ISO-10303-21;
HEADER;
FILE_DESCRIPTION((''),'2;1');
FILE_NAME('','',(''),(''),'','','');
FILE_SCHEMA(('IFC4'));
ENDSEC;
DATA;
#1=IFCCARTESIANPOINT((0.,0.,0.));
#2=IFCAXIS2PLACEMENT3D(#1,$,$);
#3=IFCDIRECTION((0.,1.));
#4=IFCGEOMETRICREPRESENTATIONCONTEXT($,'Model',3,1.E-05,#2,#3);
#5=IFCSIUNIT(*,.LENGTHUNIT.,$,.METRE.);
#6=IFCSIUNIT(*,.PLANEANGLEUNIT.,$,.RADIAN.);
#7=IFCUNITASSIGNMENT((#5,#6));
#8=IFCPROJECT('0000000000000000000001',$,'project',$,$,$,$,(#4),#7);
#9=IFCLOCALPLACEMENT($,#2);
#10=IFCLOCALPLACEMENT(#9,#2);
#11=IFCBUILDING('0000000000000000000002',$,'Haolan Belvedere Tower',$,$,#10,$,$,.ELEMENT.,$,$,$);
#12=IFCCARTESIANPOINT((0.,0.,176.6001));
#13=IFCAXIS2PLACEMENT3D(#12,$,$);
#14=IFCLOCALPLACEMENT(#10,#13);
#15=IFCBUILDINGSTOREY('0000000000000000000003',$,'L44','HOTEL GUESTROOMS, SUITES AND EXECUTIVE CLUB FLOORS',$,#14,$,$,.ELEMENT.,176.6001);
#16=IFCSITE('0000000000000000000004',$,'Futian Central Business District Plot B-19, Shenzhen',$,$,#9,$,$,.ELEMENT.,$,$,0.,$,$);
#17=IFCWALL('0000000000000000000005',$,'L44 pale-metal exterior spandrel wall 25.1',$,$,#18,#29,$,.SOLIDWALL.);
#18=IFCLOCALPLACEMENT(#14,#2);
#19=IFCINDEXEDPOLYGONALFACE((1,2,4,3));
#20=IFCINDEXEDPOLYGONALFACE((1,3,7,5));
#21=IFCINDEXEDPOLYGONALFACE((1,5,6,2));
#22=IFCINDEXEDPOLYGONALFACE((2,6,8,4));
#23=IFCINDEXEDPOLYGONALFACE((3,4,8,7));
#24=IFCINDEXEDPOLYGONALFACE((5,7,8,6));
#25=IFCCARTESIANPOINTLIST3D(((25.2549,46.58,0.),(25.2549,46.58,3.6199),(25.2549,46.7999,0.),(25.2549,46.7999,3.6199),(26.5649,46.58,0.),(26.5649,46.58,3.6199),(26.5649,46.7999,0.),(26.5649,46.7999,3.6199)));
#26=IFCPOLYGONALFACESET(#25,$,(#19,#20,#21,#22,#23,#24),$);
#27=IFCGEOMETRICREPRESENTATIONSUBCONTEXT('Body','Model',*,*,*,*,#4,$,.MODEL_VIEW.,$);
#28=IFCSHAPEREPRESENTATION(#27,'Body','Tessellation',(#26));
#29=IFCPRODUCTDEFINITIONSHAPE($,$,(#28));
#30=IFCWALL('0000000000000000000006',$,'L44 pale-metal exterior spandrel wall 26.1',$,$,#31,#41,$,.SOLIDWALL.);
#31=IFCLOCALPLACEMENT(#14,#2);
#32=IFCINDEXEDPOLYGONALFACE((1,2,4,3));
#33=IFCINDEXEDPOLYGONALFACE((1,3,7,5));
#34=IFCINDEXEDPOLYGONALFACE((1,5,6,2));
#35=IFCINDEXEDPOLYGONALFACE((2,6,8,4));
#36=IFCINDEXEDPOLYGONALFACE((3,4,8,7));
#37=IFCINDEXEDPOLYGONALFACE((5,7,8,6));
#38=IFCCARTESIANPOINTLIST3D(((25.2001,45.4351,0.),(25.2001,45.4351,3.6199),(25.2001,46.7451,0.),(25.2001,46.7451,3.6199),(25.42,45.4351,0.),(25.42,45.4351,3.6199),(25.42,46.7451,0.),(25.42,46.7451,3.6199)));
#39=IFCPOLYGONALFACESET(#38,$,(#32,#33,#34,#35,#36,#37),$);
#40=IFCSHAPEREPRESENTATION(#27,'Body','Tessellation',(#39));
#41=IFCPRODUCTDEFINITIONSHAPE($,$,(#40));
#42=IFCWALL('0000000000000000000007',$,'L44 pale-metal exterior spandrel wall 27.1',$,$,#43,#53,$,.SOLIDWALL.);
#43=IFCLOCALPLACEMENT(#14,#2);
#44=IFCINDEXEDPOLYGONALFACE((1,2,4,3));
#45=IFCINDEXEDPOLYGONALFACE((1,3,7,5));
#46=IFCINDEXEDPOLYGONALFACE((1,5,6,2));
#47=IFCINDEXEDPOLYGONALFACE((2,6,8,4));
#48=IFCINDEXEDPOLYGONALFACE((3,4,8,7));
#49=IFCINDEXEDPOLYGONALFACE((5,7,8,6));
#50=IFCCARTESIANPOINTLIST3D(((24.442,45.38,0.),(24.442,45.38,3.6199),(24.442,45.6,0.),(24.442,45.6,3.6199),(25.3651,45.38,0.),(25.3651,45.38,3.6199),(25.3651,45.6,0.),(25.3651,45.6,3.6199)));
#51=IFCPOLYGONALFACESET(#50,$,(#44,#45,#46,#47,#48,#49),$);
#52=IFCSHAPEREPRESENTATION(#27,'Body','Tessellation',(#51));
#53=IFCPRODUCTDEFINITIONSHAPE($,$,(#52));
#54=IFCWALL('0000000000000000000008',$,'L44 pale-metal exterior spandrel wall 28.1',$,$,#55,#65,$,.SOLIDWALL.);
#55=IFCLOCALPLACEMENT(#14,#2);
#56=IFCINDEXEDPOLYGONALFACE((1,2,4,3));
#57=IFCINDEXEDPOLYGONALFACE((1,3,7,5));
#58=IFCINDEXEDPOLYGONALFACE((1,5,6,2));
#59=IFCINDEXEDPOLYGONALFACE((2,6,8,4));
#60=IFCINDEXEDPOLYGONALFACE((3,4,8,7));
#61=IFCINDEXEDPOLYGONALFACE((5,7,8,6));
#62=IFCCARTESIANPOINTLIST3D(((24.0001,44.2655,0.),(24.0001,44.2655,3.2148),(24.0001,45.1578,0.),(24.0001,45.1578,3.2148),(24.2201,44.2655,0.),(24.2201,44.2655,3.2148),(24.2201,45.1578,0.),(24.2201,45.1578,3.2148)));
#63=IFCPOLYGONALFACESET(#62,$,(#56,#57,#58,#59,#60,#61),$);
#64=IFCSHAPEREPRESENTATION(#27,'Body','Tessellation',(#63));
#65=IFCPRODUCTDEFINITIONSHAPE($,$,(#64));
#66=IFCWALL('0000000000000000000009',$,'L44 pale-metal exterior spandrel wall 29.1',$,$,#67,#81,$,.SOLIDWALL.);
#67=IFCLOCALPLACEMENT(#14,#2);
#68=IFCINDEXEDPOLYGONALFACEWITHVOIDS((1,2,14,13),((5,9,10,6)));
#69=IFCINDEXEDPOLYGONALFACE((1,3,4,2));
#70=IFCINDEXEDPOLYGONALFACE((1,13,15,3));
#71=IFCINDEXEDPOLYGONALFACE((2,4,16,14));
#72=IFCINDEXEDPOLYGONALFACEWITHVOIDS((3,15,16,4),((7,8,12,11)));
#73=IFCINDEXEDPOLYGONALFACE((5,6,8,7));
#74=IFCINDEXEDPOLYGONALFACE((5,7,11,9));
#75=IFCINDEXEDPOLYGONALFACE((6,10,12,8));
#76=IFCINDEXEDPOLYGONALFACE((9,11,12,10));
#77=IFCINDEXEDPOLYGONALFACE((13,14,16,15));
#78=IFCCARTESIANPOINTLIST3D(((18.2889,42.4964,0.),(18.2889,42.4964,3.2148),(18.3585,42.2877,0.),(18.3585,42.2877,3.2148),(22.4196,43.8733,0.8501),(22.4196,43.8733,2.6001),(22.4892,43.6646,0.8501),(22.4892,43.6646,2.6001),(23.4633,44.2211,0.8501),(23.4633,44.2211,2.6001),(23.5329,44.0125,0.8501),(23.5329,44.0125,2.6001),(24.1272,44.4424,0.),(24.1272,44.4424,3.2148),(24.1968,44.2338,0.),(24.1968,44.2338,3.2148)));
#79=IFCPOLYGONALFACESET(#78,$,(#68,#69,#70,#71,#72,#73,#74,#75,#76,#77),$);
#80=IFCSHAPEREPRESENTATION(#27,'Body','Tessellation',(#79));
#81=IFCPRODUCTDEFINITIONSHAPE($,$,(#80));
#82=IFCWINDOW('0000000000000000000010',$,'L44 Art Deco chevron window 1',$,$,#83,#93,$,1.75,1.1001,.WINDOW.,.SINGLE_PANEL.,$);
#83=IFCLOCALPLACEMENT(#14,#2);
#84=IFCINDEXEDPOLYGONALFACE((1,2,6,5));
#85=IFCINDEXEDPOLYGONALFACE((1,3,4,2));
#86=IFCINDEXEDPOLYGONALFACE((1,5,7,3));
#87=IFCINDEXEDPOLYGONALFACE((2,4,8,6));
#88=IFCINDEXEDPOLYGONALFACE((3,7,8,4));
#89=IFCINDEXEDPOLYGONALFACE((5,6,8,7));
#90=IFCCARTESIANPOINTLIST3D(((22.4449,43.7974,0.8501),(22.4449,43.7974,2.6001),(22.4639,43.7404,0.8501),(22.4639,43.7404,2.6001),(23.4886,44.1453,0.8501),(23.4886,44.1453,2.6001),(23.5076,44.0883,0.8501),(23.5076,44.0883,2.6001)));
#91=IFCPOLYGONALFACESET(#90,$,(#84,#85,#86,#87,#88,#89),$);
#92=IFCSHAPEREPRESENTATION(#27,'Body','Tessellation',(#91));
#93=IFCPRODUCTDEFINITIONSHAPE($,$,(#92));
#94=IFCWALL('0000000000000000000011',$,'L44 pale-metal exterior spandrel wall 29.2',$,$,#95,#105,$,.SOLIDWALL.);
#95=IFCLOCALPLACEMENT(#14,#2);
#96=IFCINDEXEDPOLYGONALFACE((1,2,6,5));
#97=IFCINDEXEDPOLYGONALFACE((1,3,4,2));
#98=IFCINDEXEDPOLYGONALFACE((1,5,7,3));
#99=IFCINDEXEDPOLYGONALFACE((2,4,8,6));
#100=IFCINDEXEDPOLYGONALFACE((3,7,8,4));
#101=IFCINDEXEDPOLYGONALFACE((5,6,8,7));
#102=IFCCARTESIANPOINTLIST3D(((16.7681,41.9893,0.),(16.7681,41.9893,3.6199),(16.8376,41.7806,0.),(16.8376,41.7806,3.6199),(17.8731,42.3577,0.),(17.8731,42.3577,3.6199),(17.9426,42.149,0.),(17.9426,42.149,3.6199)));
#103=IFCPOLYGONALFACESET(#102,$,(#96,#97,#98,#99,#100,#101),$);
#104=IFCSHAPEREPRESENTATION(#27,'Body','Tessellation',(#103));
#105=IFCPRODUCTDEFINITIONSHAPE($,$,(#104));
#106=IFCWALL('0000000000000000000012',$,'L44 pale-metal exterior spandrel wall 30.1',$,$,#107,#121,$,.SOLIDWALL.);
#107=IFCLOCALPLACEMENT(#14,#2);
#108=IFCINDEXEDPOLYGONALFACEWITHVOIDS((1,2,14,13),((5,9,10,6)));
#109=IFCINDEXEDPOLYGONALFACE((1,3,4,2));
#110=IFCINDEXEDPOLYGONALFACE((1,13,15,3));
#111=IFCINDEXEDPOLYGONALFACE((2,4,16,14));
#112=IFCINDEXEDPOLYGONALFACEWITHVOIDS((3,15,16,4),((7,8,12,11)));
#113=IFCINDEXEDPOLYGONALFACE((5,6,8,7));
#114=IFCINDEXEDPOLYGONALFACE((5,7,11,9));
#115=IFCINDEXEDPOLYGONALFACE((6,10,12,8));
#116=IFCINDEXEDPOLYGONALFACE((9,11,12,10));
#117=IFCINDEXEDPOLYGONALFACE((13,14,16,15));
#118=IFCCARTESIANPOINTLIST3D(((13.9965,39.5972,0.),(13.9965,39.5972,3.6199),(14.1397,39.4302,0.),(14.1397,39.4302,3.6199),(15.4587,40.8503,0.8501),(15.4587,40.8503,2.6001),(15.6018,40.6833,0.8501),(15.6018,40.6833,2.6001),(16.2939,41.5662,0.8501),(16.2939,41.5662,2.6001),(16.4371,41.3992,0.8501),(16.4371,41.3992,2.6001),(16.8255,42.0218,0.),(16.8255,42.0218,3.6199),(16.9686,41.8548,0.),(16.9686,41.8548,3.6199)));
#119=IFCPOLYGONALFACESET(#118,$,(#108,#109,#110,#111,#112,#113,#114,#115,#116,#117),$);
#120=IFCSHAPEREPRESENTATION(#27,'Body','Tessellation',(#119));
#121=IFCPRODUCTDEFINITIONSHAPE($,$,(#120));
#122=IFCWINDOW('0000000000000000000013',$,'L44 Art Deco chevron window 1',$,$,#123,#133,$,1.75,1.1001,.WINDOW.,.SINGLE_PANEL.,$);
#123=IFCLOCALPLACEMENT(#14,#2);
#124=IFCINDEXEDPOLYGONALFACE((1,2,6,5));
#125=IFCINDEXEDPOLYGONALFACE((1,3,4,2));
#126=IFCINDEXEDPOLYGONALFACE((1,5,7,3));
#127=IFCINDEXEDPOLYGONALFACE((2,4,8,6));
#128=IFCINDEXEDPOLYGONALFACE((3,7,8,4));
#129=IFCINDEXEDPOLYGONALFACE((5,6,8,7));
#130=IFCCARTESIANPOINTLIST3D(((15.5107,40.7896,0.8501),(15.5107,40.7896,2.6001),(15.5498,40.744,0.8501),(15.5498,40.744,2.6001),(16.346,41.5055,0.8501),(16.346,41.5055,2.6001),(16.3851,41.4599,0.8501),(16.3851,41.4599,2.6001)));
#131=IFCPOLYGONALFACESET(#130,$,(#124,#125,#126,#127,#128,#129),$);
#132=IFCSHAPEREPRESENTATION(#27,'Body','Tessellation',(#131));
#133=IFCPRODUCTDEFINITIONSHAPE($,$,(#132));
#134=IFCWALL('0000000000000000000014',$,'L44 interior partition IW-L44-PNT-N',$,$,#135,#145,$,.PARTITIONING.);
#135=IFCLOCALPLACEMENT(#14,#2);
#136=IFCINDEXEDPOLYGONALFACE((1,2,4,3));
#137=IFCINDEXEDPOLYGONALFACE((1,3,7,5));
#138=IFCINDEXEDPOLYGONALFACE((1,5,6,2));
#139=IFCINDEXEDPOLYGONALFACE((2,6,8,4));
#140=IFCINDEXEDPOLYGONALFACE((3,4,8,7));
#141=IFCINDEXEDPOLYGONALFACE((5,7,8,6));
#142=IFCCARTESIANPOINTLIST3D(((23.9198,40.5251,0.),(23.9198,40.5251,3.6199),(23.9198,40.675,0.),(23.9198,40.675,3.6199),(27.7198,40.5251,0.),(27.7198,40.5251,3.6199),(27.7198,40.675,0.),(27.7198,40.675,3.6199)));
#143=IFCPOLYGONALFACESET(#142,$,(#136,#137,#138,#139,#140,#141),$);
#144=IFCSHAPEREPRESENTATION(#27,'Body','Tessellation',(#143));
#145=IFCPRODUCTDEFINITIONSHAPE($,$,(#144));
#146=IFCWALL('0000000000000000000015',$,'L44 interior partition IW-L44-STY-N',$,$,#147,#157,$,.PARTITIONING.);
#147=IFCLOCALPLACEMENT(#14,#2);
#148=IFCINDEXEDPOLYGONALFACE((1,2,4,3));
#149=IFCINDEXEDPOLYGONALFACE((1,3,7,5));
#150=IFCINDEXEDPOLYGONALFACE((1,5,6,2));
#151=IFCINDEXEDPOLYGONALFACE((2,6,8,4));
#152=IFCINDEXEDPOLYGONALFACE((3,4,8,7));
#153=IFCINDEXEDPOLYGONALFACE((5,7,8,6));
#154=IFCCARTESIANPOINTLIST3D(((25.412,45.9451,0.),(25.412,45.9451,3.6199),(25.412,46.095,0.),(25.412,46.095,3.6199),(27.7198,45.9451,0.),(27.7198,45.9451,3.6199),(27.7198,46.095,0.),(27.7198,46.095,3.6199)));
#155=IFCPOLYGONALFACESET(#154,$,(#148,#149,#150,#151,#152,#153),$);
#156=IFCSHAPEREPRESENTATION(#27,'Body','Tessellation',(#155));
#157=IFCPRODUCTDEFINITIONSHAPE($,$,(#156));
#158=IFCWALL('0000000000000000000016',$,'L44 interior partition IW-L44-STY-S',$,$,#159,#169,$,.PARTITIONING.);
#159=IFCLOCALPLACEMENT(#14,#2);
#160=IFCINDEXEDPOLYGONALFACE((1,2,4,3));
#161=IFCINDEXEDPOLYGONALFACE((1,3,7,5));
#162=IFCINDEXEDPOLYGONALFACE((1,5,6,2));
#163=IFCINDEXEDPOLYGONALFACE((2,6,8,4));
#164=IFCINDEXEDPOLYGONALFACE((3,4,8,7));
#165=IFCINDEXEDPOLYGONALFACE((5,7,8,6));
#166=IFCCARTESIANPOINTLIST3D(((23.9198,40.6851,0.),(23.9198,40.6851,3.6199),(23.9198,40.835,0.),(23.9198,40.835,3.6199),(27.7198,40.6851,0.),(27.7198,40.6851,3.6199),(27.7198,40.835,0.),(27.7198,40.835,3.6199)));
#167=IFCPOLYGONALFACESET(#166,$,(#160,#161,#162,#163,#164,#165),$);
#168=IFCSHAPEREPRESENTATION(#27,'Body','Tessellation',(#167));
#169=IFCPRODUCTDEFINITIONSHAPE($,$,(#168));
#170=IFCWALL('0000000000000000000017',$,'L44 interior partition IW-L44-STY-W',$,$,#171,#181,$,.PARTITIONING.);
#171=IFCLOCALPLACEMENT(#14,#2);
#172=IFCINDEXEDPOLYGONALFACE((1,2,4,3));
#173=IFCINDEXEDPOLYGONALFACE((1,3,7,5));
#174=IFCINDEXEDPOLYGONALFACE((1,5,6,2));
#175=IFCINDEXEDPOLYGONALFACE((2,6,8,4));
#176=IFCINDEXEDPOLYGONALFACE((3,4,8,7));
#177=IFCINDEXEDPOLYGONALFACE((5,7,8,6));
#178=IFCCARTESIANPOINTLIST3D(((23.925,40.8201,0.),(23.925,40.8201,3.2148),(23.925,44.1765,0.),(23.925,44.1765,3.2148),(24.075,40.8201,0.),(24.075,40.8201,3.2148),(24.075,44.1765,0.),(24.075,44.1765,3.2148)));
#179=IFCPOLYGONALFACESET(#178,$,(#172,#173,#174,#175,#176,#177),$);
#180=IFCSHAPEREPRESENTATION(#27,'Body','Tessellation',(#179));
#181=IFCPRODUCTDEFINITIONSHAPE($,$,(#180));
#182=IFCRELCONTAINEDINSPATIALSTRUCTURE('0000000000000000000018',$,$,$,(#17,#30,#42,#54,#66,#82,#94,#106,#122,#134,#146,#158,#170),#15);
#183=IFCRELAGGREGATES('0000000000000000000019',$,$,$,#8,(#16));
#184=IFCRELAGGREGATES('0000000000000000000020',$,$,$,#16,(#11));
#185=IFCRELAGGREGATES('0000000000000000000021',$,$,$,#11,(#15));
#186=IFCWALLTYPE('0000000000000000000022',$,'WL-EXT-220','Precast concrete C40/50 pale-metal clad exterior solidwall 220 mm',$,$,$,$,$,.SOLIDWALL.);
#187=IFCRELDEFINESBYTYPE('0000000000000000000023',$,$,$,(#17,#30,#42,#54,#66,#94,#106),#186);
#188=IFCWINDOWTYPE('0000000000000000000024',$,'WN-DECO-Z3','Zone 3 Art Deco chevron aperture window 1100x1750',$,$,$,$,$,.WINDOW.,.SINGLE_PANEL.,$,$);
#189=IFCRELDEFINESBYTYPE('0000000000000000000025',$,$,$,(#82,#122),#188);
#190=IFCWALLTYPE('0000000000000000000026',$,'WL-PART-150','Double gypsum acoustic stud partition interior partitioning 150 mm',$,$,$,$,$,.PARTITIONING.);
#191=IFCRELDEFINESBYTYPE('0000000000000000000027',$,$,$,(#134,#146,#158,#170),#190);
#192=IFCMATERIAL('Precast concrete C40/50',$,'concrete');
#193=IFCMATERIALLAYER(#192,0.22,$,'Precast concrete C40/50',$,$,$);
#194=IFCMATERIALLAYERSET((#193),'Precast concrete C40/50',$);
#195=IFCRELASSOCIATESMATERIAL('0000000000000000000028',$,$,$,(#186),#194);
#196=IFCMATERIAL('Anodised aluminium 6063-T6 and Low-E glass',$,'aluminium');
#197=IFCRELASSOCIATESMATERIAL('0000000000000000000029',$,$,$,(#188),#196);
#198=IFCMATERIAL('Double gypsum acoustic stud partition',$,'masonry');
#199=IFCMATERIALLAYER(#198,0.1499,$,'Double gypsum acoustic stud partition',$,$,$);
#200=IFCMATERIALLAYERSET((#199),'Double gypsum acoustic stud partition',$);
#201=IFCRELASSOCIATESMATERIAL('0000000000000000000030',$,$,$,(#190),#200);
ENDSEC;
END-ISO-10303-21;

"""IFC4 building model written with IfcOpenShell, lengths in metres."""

from ifc_helpers import new_model, si_unit, direction, frame, frame_2d, origin, place, context, subcontext, project, spatial, rectangle, extrude, material, layer, layer_set, type_object, element, fill, save


model = new_model("IFC4")

# Units and contexts
model_context = context("Model", 3, precision=1e-05, world=origin(), true_north=direction((0.0, 1.0)))
body_context = subcontext(model_context, "Body", "Model", "MODEL_VIEW")
ifc_project = project(units=[si_unit("LENGTHUNIT", "METRE"), si_unit("PLANEANGLEUNIT", "RADIAN")], contexts=[model_context])

# Site, building, storey
site_placement = place(None, origin())
site = spatial("IfcSite", under=ifc_project, at=site_placement, Name="Futian Central Business District Plot B-19, Shenzhen", CompositionType="ELEMENT", RefElevation=0.0)
building_placement = place(site_placement, origin())
building = spatial("IfcBuilding", under=site, at=building_placement, Name="Haolan Belvedere Tower", CompositionType="ELEMENT")
storey_placement = place(building_placement, frame((0.0, 0.0, 176.6001)))
storey = spatial("IfcBuildingStorey", under=building, at=storey_placement, Name="L44", Description="HOTEL GUESTROOMS, SUITES AND EXECUTIVE CLUB FLOORS", CompositionType="ELEMENT", Elevation=176.6001)

# Walls
ifc_material_1 = material(Name="Precast concrete C40/50", Category="concrete")
ifc_layer_1 = layer(ifc_material_1, 0.22, Name="Precast concrete C40/50")
ifc_layer_set_1 = layer_set([ifc_layer_1], Name="Precast concrete C40/50")
wall_type_1 = type_object("IfcWallType", Name="WL-EXT-220", Description="Precast concrete C40/50 pale-metal clad exterior solidwall 220 mm", PredefinedType="SOLIDWALL", material=ifc_layer_set_1)
for number, where, z_axis, x_axis, name in (
    (1, (26.5649, 46.6899, 0.0), (0.0, 0.0, 1.0), (-1.0, 0.0, 0.0), "L44 pale-metal exterior spandrel wall 25.1"),
    (2, (25.3101, 46.7451, 0.0), (0.0, 0.0, 1.0), (0.0, -1.0, 0.0), "L44 pale-metal exterior spandrel wall 26.1"),
):
    element("IfcWall", number, at=place(storey_placement, frame(where, z_axis=z_axis, x_axis=x_axis)), inside=storey, type_object=wall_type_1, Name=name, PredefinedType="SOLIDWALL", context=body_context, shape_type="SweptSolid", body=[
        extrude(rectangle(XDim=1.3101, YDim=0.22, at=frame_2d((0.655, 0.0))), origin(), (0.0, 0.0, 1.0), 3.6199),
    ])
wall_1_placement = place(storey_placement, frame((25.365, 45.49, 0.0), z_axis=(0.0, 0.0, 1.0), x_axis=(-1.0, 0.0, 0.0)))
element("IfcWall", 3, at=wall_1_placement, inside=storey, type_object=wall_type_1, Name="L44 pale-metal exterior spandrel wall 27.1", PredefinedType="SOLIDWALL", context=body_context, shape_type="SweptSolid", body=[
    extrude(rectangle(XDim=0.9231, YDim=0.22, at=frame_2d((0.4614, 0.0))), origin(), (0.0, 0.0, 1.0), 3.6199),
])
wall_2_placement = place(storey_placement, frame((24.1101, 45.158, 0.0), z_axis=(0.0, 0.0, 1.0), x_axis=(0.0, -1.0, 0.0)))
element("IfcWall", 4, at=wall_2_placement, inside=storey, type_object=wall_type_1, Name="L44 pale-metal exterior spandrel wall 28.1", PredefinedType="SOLIDWALL", context=body_context, shape_type="SweptSolid", body=[
    extrude(rectangle(XDim=0.8923, YDim=0.22, at=frame_2d((0.4463, 0.0))), origin(), (0.0, 0.0, 1.0), 3.2148),
])

# Wall, opening, window
wall_3_placement = place(storey_placement, frame((24.1621, 44.3381, 0.0), z_axis=(0.0, 0.0, 1.0), x_axis=(-0.948687, -0.316216, 0.0)))
wall_3 = element("IfcWall", 5, at=wall_3_placement, inside=storey, type_object=wall_type_1, Name="L44 pale-metal exterior spandrel wall 29.1", PredefinedType="SOLIDWALL", context=body_context, shape_type="SweptSolid", body=[
    extrude(rectangle(XDim=6.1541, YDim=0.22, at=frame_2d((3.0771, 0.0))), origin(), (0.0, 0.0, 1.0), 3.2148),
])
opening_1_placement = place(wall_3_placement, frame((0.7, 0.0, 0.8501)))
opening_1 = element("IfcOpeningElement", 6, at=opening_1_placement, cuts=wall_3, PredefinedType="OPENING", context=body_context, shape_type="SweptSolid", body=[
    extrude(rectangle(XDim=1.1001, YDim=1.75, at=frame_2d((0.55, 0.875))), frame((0.0, 0.1199, 0.0), z_axis=(0.0, -1.0, 0.0), x_axis=(1.0, 0.0, 0.0)), (0.0, 0.0, 1.0), 0.24),
])
ifc_material_2 = material(Name="Anodised aluminium 6063-T6 and Low-E glass", Category="aluminium")
window_type = type_object("IfcWindowType", Name="WN-DECO-Z3", Description="Zone 3 Art Deco chevron aperture window 1100x1750", PartitioningType="SINGLE_PANEL", PredefinedType="WINDOW", material=ifc_material_2)
window_1_placement = place(opening_1_placement, origin())
window_1 = element("IfcWindow", 7, at=window_1_placement, inside=storey, type_object=window_type, Name="L44 Art Deco chevron window 1", OverallHeight=1.75, OverallWidth=1.1001, PartitioningType="SINGLE_PANEL", PredefinedType="WINDOW", context=body_context, shape_type="SweptSolid", body=[
    extrude(rectangle(XDim=1.1001, YDim=1.75, at=frame_2d((0.55, 0.875))), frame((0.0, 0.03, 0.0), z_axis=(0.0, -1.0, 0.0), x_axis=(1.0, 0.0, 0.0)), (0.0, 0.0, 1.0), 0.0601),
])
fill(opening_1, window_1)

# Wall
wall_4_placement = place(storey_placement, frame((17.908, 42.2534, 0.0), z_axis=(0.0, 0.0, 1.0), x_axis=(-0.948662, -0.316291, 0.0)))
element("IfcWall", 8, at=wall_4_placement, inside=storey, type_object=wall_type_1, Name="L44 pale-metal exterior spandrel wall 29.2", PredefinedType="SOLIDWALL", context=body_context, shape_type="SweptSolid", body=[
    extrude(rectangle(XDim=1.1648, YDim=0.22, at=frame_2d((0.5825, 0.0))), origin(), (0.0, 0.0, 1.0), 3.6199),
])

# Wall, opening, window
wall_5_placement = place(storey_placement, frame((16.897, 41.9382, 0.0), z_axis=(0.0, 0.0, 1.0), x_axis=(-0.75928, -0.650764, 0.0)))
wall_5 = element("IfcWall", 9, at=wall_5_placement, inside=storey, type_object=wall_type_1, Name="L44 pale-metal exterior spandrel wall 30.1", PredefinedType="SOLIDWALL", context=body_context, shape_type="SweptSolid", body=[
    extrude(rectangle(XDim=3.7258, YDim=0.22, at=frame_2d((1.8628, 0.0))), origin(), (0.0, 0.0, 1.0), 3.6199),
])
opening_2_placement = place(wall_5_placement, frame((0.7, 0.0, 0.8501)))
opening_2 = element("IfcOpeningElement", 10, at=opening_2_placement, cuts=wall_5, PredefinedType="OPENING", context=body_context, shape_type="SweptSolid", body=[
    extrude(rectangle(XDim=1.1001, YDim=1.75, at=frame_2d((0.55, 0.875))), frame((0.0, 0.1199, 0.0), z_axis=(0.0, -1.0, 0.0), x_axis=(1.0, 0.0, 0.0)), (0.0, 0.0, 1.0), 0.24),
])
window_2_placement = place(opening_2_placement, origin())
window_2 = element("IfcWindow", 11, at=window_2_placement, inside=storey, type_object=window_type, Name="L44 Art Deco chevron window 1", OverallHeight=1.75, OverallWidth=1.1001, PartitioningType="SINGLE_PANEL", PredefinedType="WINDOW", context=body_context, shape_type="SweptSolid", body=[
    extrude(rectangle(XDim=1.1001, YDim=1.75, at=frame_2d((0.55, 0.875))), frame((0.0, 0.03, 0.0), z_axis=(0.0, -1.0, 0.0), x_axis=(1.0, 0.0, 0.0)), (0.0, 0.0, 1.0), 0.0601),
])
fill(opening_2, window_2)

# Walls
ifc_material_3 = material(Name="Double gypsum acoustic stud partition", Category="masonry")
ifc_layer_2 = layer(ifc_material_3, 0.1499, Name="Double gypsum acoustic stud partition")
ifc_layer_set_2 = layer_set([ifc_layer_2], Name="Double gypsum acoustic stud partition")
wall_type_2 = type_object("IfcWallType", Name="WL-PART-150", Description="Double gypsum acoustic stud partition interior partitioning 150 mm", PredefinedType="PARTITIONING", material=ifc_layer_set_2)
wall_6_placement = place(storey_placement, frame((23.9199, 40.6001, 0.0), z_axis=(0.0, 0.0, 1.0), x_axis=(1.0, 0.0, 0.0)))
element("IfcWall", 12, at=wall_6_placement, inside=storey, type_object=wall_type_2, Name="L44 interior partition IW-L44-PNT-N", PredefinedType="PARTITIONING", context=body_context, shape_type="SweptSolid", body=[
    extrude(rectangle(XDim=3.8, YDim=0.1499, at=frame_2d((1.8999, 0.0))), origin(), (0.0, 0.0, 1.0), 3.6199),
])
wall_7_placement = place(storey_placement, frame((25.4121, 46.02, 0.0), z_axis=(0.0, 0.0, 1.0), x_axis=(1.0, 0.0, 0.0)))
element("IfcWall", 13, at=wall_7_placement, inside=storey, type_object=wall_type_2, Name="L44 interior partition IW-L44-STY-N", PredefinedType="PARTITIONING", context=body_context, shape_type="SweptSolid", body=[
    extrude(rectangle(XDim=2.3079, YDim=0.1499, at=frame_2d((1.1538, 0.0))), origin(), (0.0, 0.0, 1.0), 3.6199),
])
wall_8_placement = place(storey_placement, frame((23.9199, 40.76, 0.0), z_axis=(0.0, 0.0, 1.0), x_axis=(1.0, 0.0, 0.0)))
element("IfcWall", 14, at=wall_8_placement, inside=storey, type_object=wall_type_2, Name="L44 interior partition IW-L44-STY-S", PredefinedType="PARTITIONING", context=body_context, shape_type="SweptSolid", body=[
    extrude(rectangle(XDim=3.8, YDim=0.1499, at=frame_2d((1.8999, 0.0))), origin(), (0.0, 0.0, 1.0), 3.6199),
])
wall_9_placement = place(storey_placement, frame((24.0, 40.8201, 0.0), z_axis=(0.0, 0.0, 1.0), x_axis=(0.0, 1.0, 0.0)))
element("IfcWall", 15, at=wall_9_placement, inside=storey, type_object=wall_type_2, Name="L44 interior partition IW-L44-STY-W", PredefinedType="PARTITIONING", context=body_context, shape_type="SweptSolid", body=[
    extrude(rectangle(XDim=3.3564, YDim=0.1499, at=frame_2d((1.6782, 0.0))), origin(), (0.0, 0.0, 1.0), 3.2148),
])

save(model, "model.ifc")
